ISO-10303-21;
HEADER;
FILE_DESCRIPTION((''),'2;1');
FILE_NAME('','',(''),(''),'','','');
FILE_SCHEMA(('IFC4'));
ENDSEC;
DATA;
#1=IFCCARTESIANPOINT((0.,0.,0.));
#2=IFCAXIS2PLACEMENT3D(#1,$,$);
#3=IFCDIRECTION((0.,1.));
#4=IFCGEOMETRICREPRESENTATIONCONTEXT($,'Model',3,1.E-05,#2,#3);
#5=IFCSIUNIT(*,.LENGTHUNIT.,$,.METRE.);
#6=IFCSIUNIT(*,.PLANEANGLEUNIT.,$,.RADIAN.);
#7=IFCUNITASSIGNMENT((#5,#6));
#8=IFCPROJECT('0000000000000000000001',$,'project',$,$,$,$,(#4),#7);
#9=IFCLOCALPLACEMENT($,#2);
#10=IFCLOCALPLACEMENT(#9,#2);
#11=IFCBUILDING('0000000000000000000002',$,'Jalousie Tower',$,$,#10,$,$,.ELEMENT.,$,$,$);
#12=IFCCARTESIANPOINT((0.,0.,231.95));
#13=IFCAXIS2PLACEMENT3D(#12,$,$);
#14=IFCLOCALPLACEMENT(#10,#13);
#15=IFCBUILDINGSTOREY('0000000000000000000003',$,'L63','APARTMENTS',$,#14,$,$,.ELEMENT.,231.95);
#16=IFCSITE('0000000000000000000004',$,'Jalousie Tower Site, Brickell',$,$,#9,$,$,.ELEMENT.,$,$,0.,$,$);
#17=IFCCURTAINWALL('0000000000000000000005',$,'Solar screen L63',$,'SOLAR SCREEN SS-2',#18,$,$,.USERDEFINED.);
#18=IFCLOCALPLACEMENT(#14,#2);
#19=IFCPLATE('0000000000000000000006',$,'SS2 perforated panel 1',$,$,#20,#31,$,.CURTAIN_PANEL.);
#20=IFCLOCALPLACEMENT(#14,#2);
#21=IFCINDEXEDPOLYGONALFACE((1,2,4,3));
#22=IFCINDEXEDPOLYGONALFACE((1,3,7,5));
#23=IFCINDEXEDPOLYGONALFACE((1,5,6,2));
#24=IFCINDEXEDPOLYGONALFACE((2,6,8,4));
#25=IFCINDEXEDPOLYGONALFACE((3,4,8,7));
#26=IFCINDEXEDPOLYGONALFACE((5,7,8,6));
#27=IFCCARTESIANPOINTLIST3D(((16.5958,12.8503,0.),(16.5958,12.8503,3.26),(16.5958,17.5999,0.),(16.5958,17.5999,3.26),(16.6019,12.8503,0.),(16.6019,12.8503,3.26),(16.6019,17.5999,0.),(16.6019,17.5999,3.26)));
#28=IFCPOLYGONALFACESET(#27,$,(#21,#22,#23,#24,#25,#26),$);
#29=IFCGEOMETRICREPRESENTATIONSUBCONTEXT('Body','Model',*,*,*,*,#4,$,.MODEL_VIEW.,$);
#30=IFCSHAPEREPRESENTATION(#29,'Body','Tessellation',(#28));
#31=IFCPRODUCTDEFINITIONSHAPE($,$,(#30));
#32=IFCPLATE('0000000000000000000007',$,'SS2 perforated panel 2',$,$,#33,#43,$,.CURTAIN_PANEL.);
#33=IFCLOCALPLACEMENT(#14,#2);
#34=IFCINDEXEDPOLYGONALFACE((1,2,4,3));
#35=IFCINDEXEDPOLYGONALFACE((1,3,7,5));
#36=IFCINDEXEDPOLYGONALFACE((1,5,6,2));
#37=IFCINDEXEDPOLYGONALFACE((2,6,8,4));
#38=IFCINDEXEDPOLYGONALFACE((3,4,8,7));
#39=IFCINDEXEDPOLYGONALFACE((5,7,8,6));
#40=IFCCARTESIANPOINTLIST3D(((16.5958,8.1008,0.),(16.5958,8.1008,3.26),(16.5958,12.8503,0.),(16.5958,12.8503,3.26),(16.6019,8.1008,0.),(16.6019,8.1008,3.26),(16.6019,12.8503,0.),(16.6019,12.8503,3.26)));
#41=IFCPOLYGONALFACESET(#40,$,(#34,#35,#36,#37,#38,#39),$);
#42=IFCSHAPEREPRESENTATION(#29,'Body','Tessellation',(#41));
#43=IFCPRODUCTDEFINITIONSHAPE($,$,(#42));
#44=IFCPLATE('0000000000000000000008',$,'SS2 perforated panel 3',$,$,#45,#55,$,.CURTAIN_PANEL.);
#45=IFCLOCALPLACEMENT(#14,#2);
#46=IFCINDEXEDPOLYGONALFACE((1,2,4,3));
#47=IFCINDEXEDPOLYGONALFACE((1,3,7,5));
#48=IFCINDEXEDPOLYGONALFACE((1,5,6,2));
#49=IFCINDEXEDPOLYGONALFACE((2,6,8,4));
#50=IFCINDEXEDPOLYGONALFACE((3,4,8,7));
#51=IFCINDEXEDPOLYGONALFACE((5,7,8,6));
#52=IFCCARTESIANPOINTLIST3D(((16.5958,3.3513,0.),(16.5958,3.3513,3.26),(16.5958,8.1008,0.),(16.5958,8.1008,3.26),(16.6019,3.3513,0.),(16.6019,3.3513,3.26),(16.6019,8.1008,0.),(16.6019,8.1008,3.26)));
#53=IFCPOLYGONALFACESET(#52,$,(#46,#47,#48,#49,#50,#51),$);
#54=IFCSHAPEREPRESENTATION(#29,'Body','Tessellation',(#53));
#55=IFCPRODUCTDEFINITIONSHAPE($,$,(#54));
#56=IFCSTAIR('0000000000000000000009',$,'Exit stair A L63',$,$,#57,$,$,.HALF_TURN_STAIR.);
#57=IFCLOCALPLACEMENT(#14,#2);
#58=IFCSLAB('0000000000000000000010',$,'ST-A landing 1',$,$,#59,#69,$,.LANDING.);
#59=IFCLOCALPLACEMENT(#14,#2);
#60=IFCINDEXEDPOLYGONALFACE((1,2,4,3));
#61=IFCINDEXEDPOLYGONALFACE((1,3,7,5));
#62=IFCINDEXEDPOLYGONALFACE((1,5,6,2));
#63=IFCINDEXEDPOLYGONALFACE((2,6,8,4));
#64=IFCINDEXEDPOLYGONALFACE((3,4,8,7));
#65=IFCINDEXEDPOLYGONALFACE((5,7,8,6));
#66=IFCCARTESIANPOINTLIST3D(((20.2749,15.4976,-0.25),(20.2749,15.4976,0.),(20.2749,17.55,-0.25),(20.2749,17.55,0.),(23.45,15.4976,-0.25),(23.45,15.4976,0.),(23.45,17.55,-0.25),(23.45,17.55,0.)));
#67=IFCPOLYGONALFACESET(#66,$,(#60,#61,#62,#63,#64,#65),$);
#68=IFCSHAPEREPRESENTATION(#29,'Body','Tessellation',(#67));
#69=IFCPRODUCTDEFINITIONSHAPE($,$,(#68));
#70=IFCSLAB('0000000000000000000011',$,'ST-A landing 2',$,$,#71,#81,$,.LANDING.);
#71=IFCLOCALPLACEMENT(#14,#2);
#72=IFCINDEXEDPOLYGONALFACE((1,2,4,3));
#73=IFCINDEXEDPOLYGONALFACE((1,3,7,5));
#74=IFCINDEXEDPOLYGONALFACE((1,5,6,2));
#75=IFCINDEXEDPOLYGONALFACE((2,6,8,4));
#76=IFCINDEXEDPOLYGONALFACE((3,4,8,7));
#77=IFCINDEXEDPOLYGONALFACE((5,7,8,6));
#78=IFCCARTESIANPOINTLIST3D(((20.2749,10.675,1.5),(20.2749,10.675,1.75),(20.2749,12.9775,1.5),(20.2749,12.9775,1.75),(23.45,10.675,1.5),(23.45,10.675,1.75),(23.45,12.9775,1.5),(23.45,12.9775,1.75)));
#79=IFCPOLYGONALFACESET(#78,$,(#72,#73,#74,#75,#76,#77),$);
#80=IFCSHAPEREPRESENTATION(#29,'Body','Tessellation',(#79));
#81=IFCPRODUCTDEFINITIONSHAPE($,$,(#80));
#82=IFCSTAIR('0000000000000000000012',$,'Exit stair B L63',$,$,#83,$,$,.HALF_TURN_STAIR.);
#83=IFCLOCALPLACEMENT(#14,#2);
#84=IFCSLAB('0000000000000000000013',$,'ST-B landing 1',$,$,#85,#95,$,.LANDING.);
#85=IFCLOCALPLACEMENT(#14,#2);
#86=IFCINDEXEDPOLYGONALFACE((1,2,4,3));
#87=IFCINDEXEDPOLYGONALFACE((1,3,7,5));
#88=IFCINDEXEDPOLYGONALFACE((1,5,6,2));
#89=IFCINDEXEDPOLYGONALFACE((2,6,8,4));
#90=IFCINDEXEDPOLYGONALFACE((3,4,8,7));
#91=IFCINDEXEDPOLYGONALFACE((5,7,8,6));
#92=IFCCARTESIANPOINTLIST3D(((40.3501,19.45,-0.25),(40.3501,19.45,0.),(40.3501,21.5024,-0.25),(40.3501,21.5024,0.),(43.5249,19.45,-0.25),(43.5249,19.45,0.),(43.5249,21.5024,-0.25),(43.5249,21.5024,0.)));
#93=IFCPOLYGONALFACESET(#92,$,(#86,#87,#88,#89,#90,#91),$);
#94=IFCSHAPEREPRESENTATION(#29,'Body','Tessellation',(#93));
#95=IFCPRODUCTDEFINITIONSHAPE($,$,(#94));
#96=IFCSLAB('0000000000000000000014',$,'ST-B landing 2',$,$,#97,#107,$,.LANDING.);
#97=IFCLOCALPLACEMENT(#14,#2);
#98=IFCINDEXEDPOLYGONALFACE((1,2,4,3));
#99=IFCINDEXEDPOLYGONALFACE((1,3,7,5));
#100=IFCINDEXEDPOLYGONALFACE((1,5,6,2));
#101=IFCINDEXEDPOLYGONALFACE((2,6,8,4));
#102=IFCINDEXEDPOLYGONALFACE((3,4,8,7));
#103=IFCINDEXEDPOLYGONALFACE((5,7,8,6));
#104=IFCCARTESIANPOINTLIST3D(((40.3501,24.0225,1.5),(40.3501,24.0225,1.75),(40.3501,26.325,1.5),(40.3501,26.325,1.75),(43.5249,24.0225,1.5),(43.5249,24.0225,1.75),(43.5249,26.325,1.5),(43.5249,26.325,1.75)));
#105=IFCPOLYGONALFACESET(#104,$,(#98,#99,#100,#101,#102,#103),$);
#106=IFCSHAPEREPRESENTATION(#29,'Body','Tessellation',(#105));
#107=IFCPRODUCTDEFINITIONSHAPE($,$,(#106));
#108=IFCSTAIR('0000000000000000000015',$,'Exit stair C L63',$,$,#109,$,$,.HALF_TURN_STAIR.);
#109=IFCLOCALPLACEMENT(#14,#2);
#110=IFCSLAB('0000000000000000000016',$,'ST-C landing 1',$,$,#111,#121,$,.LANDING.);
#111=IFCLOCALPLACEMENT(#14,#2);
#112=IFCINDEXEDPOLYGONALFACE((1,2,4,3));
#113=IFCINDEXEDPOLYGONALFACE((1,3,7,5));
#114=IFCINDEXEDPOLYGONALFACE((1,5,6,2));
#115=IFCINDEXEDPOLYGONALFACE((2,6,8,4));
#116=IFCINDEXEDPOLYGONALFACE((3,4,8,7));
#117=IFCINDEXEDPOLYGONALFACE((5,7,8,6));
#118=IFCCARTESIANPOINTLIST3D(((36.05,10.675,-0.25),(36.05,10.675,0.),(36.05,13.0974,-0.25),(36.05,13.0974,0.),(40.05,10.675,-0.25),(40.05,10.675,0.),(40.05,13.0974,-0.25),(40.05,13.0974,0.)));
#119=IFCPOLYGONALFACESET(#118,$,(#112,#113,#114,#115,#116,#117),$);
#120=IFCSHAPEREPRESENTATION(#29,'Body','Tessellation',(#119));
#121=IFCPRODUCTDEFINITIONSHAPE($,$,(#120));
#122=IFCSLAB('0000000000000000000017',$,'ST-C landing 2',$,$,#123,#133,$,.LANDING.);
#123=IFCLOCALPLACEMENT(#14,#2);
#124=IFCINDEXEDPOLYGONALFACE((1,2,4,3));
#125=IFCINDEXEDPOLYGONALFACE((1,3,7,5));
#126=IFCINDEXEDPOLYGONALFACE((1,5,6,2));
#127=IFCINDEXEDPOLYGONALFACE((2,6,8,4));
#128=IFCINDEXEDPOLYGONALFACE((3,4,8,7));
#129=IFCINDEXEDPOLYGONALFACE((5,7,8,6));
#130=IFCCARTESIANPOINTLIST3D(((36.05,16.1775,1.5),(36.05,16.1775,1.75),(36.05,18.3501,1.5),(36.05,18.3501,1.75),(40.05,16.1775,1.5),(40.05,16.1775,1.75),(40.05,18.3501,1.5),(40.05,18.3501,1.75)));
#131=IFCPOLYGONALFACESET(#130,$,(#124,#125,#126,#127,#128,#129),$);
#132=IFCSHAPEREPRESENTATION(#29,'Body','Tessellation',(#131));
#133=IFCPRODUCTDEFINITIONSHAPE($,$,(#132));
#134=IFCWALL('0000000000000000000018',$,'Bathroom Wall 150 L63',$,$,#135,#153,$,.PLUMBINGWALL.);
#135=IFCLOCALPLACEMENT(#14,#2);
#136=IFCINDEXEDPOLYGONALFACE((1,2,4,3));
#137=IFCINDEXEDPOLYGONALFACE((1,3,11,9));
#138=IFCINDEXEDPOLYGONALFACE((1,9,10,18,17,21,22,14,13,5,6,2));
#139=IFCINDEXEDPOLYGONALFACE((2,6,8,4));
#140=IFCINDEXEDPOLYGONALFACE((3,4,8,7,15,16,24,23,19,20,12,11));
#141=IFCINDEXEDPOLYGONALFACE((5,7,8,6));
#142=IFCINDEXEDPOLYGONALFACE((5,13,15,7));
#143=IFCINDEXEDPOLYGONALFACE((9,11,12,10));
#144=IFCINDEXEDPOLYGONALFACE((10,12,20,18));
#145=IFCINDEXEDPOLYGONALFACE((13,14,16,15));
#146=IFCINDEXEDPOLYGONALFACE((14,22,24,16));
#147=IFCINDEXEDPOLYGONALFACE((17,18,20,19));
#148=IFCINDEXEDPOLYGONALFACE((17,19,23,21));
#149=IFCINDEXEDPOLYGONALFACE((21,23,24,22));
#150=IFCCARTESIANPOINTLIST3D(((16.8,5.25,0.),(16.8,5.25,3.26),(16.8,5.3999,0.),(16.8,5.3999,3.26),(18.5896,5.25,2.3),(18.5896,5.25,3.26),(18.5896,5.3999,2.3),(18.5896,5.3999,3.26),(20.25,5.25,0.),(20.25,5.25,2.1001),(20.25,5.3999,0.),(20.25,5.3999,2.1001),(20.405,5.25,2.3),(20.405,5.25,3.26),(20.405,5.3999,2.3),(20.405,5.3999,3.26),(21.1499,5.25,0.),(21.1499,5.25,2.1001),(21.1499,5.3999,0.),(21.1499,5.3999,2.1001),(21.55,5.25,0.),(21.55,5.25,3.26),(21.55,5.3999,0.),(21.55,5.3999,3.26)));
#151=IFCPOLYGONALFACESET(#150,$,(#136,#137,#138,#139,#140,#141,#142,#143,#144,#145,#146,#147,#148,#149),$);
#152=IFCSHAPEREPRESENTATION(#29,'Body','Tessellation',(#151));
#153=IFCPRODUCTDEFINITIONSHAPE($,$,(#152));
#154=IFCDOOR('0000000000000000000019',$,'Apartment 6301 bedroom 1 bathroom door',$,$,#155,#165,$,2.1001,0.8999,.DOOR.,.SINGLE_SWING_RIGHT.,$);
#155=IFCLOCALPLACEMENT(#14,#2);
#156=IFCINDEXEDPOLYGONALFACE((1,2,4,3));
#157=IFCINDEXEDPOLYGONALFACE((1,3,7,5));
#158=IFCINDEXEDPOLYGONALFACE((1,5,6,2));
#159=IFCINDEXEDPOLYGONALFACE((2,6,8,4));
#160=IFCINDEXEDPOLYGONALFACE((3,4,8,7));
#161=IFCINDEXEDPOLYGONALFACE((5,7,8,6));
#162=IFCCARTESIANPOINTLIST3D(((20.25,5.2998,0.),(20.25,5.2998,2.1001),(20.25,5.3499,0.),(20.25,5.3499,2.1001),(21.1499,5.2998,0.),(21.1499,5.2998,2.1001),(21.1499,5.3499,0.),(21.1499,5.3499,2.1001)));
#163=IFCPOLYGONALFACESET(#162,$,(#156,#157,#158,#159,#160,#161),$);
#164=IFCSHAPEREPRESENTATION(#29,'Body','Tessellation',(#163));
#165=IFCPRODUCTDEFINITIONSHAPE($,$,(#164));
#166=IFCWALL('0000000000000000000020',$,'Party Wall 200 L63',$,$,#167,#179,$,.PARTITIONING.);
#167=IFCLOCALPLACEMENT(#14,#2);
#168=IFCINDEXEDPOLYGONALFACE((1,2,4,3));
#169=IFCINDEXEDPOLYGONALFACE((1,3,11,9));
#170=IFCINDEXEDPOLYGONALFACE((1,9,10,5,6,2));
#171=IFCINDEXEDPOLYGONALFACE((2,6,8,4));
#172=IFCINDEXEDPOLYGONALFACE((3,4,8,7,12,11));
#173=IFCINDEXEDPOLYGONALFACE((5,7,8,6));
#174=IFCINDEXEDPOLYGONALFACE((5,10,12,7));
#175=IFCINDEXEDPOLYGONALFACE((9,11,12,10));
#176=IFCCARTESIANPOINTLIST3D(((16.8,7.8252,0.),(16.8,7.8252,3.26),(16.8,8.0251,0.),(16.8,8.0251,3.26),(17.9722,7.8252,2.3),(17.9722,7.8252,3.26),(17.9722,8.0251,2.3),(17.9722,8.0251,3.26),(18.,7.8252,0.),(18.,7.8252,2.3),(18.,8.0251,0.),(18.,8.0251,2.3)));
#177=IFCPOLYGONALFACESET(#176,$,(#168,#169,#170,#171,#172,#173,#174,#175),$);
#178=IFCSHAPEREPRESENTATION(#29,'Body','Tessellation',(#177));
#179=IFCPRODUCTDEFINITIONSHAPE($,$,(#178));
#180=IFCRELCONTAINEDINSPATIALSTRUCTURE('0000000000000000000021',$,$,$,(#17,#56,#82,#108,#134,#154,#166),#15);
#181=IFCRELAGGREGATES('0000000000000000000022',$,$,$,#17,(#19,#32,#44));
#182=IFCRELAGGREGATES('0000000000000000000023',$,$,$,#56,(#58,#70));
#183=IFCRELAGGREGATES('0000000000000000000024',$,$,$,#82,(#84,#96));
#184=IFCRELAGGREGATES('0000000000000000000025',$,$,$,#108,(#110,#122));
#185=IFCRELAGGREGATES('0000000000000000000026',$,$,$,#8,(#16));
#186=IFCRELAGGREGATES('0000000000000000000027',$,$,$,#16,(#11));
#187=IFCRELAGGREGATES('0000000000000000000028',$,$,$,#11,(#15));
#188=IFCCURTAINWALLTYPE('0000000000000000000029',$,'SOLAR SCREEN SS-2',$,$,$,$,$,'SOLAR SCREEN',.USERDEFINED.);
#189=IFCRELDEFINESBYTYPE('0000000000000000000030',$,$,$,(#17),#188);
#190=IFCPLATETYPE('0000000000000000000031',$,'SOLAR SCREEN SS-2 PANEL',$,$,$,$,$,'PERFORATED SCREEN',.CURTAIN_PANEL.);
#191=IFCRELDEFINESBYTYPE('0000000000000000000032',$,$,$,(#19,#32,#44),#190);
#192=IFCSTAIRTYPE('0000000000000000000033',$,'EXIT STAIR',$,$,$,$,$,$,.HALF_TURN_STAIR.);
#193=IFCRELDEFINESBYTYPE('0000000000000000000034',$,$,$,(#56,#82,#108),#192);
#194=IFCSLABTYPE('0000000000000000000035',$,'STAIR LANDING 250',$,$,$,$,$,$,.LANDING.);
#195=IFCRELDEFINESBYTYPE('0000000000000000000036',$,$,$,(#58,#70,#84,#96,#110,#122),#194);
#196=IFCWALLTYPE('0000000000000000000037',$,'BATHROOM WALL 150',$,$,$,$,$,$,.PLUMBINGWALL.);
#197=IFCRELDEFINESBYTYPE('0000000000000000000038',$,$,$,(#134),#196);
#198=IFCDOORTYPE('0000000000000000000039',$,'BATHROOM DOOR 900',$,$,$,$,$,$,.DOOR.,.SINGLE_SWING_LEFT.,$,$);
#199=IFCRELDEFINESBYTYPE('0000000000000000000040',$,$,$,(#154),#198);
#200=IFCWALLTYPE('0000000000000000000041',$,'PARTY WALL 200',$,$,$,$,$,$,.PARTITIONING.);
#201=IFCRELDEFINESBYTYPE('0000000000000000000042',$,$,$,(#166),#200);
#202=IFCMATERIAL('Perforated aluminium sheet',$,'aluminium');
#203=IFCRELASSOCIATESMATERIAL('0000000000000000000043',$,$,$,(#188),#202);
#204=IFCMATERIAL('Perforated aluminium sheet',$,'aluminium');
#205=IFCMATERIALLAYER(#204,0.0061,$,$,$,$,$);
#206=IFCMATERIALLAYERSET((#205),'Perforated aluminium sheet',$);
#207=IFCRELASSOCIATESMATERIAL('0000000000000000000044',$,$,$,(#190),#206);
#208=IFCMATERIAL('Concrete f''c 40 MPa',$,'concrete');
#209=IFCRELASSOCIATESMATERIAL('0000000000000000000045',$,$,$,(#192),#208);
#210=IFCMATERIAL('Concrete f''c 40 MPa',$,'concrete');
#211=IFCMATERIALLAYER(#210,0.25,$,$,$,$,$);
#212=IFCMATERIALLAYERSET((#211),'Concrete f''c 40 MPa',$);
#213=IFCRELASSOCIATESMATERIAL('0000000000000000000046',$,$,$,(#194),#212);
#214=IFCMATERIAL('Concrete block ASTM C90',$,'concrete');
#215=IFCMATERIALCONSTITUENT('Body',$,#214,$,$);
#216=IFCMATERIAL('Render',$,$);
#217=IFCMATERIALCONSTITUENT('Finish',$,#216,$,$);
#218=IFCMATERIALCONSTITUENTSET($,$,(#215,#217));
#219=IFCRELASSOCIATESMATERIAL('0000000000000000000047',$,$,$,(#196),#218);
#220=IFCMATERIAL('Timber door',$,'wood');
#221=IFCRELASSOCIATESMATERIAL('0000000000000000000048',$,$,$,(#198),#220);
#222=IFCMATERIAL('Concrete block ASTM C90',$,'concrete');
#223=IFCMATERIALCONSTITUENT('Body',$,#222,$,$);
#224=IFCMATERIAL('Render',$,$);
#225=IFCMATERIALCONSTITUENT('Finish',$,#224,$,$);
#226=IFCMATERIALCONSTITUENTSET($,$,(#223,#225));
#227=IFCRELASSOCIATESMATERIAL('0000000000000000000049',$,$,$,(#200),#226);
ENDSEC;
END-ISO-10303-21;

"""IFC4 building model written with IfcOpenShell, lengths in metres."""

from ifc_helpers import new_model, si_unit, direction, frame, frame_2d, origin, origin_2d, place, context, subcontext, project, spatial, polyline, rectangle, outline, extrude, material, layer, layer_set, constituent, constituent_set, type_object, element, fill, aggregate, save


model = new_model("IFC4")

# Units and contexts
model_context = context("Model", 3, precision=1e-05, world=origin(), true_north=direction((0.0, 1.0)))
body_context = subcontext(model_context, "Body", "Model", "MODEL_VIEW")
ifc_project = project(units=[si_unit("LENGTHUNIT", "METRE"), si_unit("PLANEANGLEUNIT", "RADIAN")], contexts=[model_context])

# Site, building, storey
site_placement = place(None, origin())
site = spatial("IfcSite", under=ifc_project, at=site_placement, Name="Jalousie Tower Site, Brickell", CompositionType="ELEMENT", RefElevation=0.0)
building_placement = place(site_placement, origin())
building = spatial("IfcBuilding", under=site, at=building_placement, Name="Jalousie Tower", CompositionType="ELEMENT")
storey_placement = place(building_placement, frame((0.0, 0.0, 231.95)))
storey = spatial("IfcBuildingStorey", under=building, at=storey_placement, Name="L63", Description="APARTMENTS", CompositionType="ELEMENT", Elevation=231.95)

# Curtain wall
ifc_material_1 = material(Name="Perforated aluminium sheet", Category="aluminium")
curtain_wall_type_1 = type_object("IfcCurtainWallType", Name="SOLAR SCREEN SS-2", ElementType="SOLAR SCREEN", PredefinedType="USERDEFINED", material=ifc_material_1)
curtain_wall_1_placement = place(storey_placement, origin())
curtain_wall_1 = element("IfcCurtainWall", 1, at=curtain_wall_1_placement, inside=storey, type_object=curtain_wall_type_1, Name="Solar screen L63", ObjectType="SOLAR SCREEN SS-2", PredefinedType="USERDEFINED")

# Plates
ifc_material_2 = material(Name="Perforated aluminium sheet", Category="aluminium")
ifc_layer_1 = layer(ifc_material_2, 0.0061)
ifc_layer_set_1 = layer_set([ifc_layer_1], Name="Perforated aluminium sheet")
plate_type = type_object("IfcPlateType", Name="SOLAR SCREEN SS-2 PANEL", ElementType="PERFORATED SCREEN", PredefinedType="CURTAIN_PANEL", material=ifc_layer_set_1)
plate_1_placement = place(storey_placement, frame((16.5989, 15.2251, 0.0), z_axis=(0.0, 0.0, 1.0), x_axis=(0.0, -1.0, 0.0)))
plate_1 = element("IfcPlate", 2, at=plate_1_placement, type_object=plate_type, Name="SS2 perforated panel 1", PredefinedType="CURTAIN_PANEL", context=body_context, shape_type="SweptSolid", body=[
    extrude(rectangle(XDim=4.7495, YDim=0.0061, at=origin_2d()), origin(), (0.0, 0.0, 1.0), 3.26),
])
plate_2_placement = place(storey_placement, frame((16.5989, 10.4756, 0.0), z_axis=(0.0, 0.0, 1.0), x_axis=(0.0, -1.0, 0.0)))
plate_2 = element("IfcPlate", 3, at=plate_2_placement, type_object=plate_type, Name="SS2 perforated panel 2", PredefinedType="CURTAIN_PANEL", context=body_context, shape_type="SweptSolid", body=[
    extrude(rectangle(XDim=4.7495, YDim=0.0061, at=origin_2d()), origin(), (0.0, 0.0, 1.0), 3.26),
])
plate_3_placement = place(storey_placement, frame((16.5989, 5.7261, 0.0), z_axis=(0.0, 0.0, 1.0), x_axis=(0.0, -1.0, 0.0)))
plate_3 = element("IfcPlate", 4, at=plate_3_placement, type_object=plate_type, Name="SS2 perforated panel 3", PredefinedType="CURTAIN_PANEL", context=body_context, shape_type="SweptSolid", body=[
    extrude(rectangle(XDim=4.7495, YDim=0.0061, at=origin_2d()), origin(), (0.0, 0.0, 1.0), 3.26),
])
aggregate(curtain_wall_1, [plate_1, plate_2, plate_3])

# Stairs, slabs
ifc_material_3 = material(Name="Concrete f'c 40 MPa", Category="concrete")
stair_type = type_object("IfcStairType", Name="EXIT STAIR", PredefinedType="HALF_TURN_STAIR", material=ifc_material_3)
stair_1_placement = place(storey_placement, origin())
stair_1 = element("IfcStair", 5, at=stair_1_placement, inside=storey, type_object=stair_type, Name="Exit stair A L63", PredefinedType="HALF_TURN_STAIR")
ifc_material_4 = material(Name="Concrete f'c 40 MPa", Category="concrete")
ifc_layer_2 = layer(ifc_material_4, 0.25)
ifc_layer_set_2 = layer_set([ifc_layer_2], Name="Concrete f'c 40 MPa")
slab_type_1 = type_object("IfcSlabType", Name="STAIR LANDING 250", PredefinedType="LANDING", material=ifc_layer_set_2)
slab_1_placement = place(storey_placement, frame((0.0, 0.0, -0.25)))
slab_1 = element("IfcSlab", 6, at=slab_1_placement, type_object=slab_type_1, Name="ST-A landing 1", PredefinedType="LANDING", context=body_context, shape_type="SweptSolid", body=[
    extrude(outline(polyline([(20.2749, 15.4976), (23.45, 15.4976), (23.45, 17.55), (20.2749, 17.55), (20.2749, 15.4976)])), origin(), (0.0, 0.0, 1.0), 0.25),
])
slab_2_placement = place(storey_placement, frame((0.0, 0.0, 1.5)))
slab_2 = element("IfcSlab", 7, at=slab_2_placement, type_object=slab_type_1, Name="ST-A landing 2", PredefinedType="LANDING", context=body_context, shape_type="SweptSolid", body=[
    extrude(outline(polyline([(20.2749, 10.675), (23.45, 10.675), (23.45, 12.9775), (20.2749, 12.9775), (20.2749, 10.675)])), origin(), (0.0, 0.0, 1.0), 0.25),
])
aggregate(stair_1, [slab_1, slab_2])
stair_2_placement = place(storey_placement, origin())
stair_2 = element("IfcStair", 8, at=stair_2_placement, inside=storey, type_object=stair_type, Name="Exit stair B L63", PredefinedType="HALF_TURN_STAIR")
slab_3_placement = place(storey_placement, frame((0.0, 0.0, -0.25)))
slab_3 = element("IfcSlab", 9, at=slab_3_placement, type_object=slab_type_1, Name="ST-B landing 1", PredefinedType="LANDING", context=body_context, shape_type="SweptSolid", body=[
    extrude(outline(polyline([(40.3501, 19.45), (43.5249, 19.45), (43.5249, 21.5024), (40.3501, 21.5024), (40.3501, 19.45)])), origin(), (0.0, 0.0, 1.0), 0.25),
])
slab_4_placement = place(storey_placement, frame((0.0, 0.0, 1.5)))
slab_4 = element("IfcSlab", 10, at=slab_4_placement, type_object=slab_type_1, Name="ST-B landing 2", PredefinedType="LANDING", context=body_context, shape_type="SweptSolid", body=[
    extrude(outline(polyline([(40.3501, 24.0225), (43.5249, 24.0225), (43.5249, 26.325), (40.3501, 26.325), (40.3501, 24.0225)])), origin(), (0.0, 0.0, 1.0), 0.25),
])
aggregate(stair_2, [slab_3, slab_4])
stair_3_placement = place(storey_placement, origin())
stair_3 = element("IfcStair", 11, at=stair_3_placement, inside=storey, type_object=stair_type, Name="Exit stair C L63", PredefinedType="HALF_TURN_STAIR")
slab_5_placement = place(storey_placement, frame((0.0, 0.0, -0.25)))
slab_5 = element("IfcSlab", 12, at=slab_5_placement, type_object=slab_type_1, Name="ST-C landing 1", PredefinedType="LANDING", context=body_context, shape_type="SweptSolid", body=[
    extrude(outline(polyline([(36.05, 10.675), (40.05, 10.675), (40.05, 13.0974), (36.05, 13.0974), (36.05, 10.675)])), origin(), (0.0, 0.0, 1.0), 0.25),
])
slab_6_placement = place(storey_placement, frame((0.0, 0.0, 1.5)))
slab_6 = element("IfcSlab", 13, at=slab_6_placement, type_object=slab_type_1, Name="ST-C landing 2", PredefinedType="LANDING", context=body_context, shape_type="SweptSolid", body=[
    extrude(outline(polyline([(36.05, 16.1775), (40.05, 16.1775), (40.05, 18.3501), (36.05, 18.3501), (36.05, 16.1775)])), origin(), (0.0, 0.0, 1.0), 0.25),
])
aggregate(stair_3, [slab_5, slab_6])

# Wall, opening, door
ifc_material_5 = material(Name="Concrete block ASTM C90", Category="concrete")
ifc_constituent_1 = constituent(ifc_material_5, Name="Body")
ifc_material_6 = material(Name="Render")
ifc_constituent_2 = constituent(ifc_material_6, Name="Finish")
ifc_constituent_set_1 = constituent_set(constituents=[ifc_constituent_1, ifc_constituent_2])
wall_type_1 = type_object("IfcWallType", Name="BATHROOM WALL 150", PredefinedType="PLUMBINGWALL", material=ifc_constituent_set_1)
wall_1_placement = place(storey_placement, frame((16.8, 5.325, 0.0), z_axis=(0.0, 0.0, 1.0), x_axis=(1.0, 0.0, 0.0)))
wall_1 = element("IfcWall", 14, at=wall_1_placement, inside=storey, type_object=wall_type_1, Name="Bathroom Wall 150 L63", PredefinedType="PLUMBINGWALL", context=body_context, shape_type="SweptSolid", body=[
    extrude(outline(polyline([(0.0, 0.0), (4.75, 0.0), (4.75, 3.26), (3.605, 3.26), (3.605, 2.3), (1.7896, 2.3), (1.7896, 3.26), (0.0, 3.26), (0.0, 0.0)])), frame((0.0, 0.075, 0.0), z_axis=(0.0, -1.0, 0.0), x_axis=(1.0, 0.0, 0.0)), (0.0, 0.0, 1.0), 0.1499),
])
opening_placement = place(wall_1_placement, frame((3.45, 0.0, 0.0)))
opening = element("IfcOpeningElement", 15, at=opening_placement, cuts=wall_1, PredefinedType="OPENING", context=body_context, shape_type="SweptSolid", body=[
    extrude(rectangle(XDim=0.8999, YDim=2.1001, at=frame_2d((0.45, 1.05))), frame((0.0, 0.085, 0.0), z_axis=(0.0, -1.0, 0.0), x_axis=(1.0, 0.0, 0.0)), (0.0, 0.0, 1.0), 0.1699),
])
ifc_material_7 = material(Name="Timber door", Category="wood")
door_type = type_object("IfcDoorType", Name="BATHROOM DOOR 900", OperationType="SINGLE_SWING_LEFT", PredefinedType="DOOR", material=ifc_material_7)
door_placement = place(opening_placement, origin())
door = element("IfcDoor", 16, at=door_placement, inside=storey, type_object=door_type, Name="Apartment 6301 bedroom 1 bathroom door", OperationType="SINGLE_SWING_RIGHT", OverallHeight=2.1001, OverallWidth=0.8999, PredefinedType="DOOR", context=body_context, shape_type="SweptSolid", body=[
    extrude(rectangle(XDim=0.8999, YDim=2.1001, at=frame_2d((0.45, 1.05))), frame((0.0, 0.0249, 0.0), z_axis=(0.0, -1.0, 0.0), x_axis=(1.0, 0.0, 0.0)), (0.0, 0.0, 1.0), 0.05),
])
fill(opening, door)

# Wall
ifc_material_8 = material(Name="Concrete block ASTM C90", Category="concrete")
ifc_constituent_3 = constituent(ifc_material_8, Name="Body")
ifc_material_9 = material(Name="Render")
ifc_constituent_4 = constituent(ifc_material_9, Name="Finish")
ifc_constituent_set_2 = constituent_set(constituents=[ifc_constituent_3, ifc_constituent_4])
wall_type_2 = type_object("IfcWallType", Name="PARTY WALL 200", PredefinedType="PARTITIONING", material=ifc_constituent_set_2)
wall_2_placement = place(storey_placement, frame((16.8, 7.925, 0.0), z_axis=(0.0, 0.0, 1.0), x_axis=(1.0, 0.0, 0.0)))
element("IfcWall", 17, at=wall_2_placement, inside=storey, type_object=wall_type_2, Name="Party Wall 200 L63", PredefinedType="PARTITIONING", context=body_context, shape_type="SweptSolid", body=[
    extrude(outline(polyline([(0.0, 0.0), (1.2, 0.0), (1.2, 3.26), (1.2, 2.3), (1.1721, 2.3), (1.1721, 3.26), (0.0, 3.26), (0.0, 0.0)])), frame((0.0, 0.1001, 0.0), z_axis=(0.0, -1.0, 0.0), x_axis=(1.0, 0.0, 0.0)), (0.0, 0.0, 1.0), 0.2),
])

save(model, "model.ifc")
